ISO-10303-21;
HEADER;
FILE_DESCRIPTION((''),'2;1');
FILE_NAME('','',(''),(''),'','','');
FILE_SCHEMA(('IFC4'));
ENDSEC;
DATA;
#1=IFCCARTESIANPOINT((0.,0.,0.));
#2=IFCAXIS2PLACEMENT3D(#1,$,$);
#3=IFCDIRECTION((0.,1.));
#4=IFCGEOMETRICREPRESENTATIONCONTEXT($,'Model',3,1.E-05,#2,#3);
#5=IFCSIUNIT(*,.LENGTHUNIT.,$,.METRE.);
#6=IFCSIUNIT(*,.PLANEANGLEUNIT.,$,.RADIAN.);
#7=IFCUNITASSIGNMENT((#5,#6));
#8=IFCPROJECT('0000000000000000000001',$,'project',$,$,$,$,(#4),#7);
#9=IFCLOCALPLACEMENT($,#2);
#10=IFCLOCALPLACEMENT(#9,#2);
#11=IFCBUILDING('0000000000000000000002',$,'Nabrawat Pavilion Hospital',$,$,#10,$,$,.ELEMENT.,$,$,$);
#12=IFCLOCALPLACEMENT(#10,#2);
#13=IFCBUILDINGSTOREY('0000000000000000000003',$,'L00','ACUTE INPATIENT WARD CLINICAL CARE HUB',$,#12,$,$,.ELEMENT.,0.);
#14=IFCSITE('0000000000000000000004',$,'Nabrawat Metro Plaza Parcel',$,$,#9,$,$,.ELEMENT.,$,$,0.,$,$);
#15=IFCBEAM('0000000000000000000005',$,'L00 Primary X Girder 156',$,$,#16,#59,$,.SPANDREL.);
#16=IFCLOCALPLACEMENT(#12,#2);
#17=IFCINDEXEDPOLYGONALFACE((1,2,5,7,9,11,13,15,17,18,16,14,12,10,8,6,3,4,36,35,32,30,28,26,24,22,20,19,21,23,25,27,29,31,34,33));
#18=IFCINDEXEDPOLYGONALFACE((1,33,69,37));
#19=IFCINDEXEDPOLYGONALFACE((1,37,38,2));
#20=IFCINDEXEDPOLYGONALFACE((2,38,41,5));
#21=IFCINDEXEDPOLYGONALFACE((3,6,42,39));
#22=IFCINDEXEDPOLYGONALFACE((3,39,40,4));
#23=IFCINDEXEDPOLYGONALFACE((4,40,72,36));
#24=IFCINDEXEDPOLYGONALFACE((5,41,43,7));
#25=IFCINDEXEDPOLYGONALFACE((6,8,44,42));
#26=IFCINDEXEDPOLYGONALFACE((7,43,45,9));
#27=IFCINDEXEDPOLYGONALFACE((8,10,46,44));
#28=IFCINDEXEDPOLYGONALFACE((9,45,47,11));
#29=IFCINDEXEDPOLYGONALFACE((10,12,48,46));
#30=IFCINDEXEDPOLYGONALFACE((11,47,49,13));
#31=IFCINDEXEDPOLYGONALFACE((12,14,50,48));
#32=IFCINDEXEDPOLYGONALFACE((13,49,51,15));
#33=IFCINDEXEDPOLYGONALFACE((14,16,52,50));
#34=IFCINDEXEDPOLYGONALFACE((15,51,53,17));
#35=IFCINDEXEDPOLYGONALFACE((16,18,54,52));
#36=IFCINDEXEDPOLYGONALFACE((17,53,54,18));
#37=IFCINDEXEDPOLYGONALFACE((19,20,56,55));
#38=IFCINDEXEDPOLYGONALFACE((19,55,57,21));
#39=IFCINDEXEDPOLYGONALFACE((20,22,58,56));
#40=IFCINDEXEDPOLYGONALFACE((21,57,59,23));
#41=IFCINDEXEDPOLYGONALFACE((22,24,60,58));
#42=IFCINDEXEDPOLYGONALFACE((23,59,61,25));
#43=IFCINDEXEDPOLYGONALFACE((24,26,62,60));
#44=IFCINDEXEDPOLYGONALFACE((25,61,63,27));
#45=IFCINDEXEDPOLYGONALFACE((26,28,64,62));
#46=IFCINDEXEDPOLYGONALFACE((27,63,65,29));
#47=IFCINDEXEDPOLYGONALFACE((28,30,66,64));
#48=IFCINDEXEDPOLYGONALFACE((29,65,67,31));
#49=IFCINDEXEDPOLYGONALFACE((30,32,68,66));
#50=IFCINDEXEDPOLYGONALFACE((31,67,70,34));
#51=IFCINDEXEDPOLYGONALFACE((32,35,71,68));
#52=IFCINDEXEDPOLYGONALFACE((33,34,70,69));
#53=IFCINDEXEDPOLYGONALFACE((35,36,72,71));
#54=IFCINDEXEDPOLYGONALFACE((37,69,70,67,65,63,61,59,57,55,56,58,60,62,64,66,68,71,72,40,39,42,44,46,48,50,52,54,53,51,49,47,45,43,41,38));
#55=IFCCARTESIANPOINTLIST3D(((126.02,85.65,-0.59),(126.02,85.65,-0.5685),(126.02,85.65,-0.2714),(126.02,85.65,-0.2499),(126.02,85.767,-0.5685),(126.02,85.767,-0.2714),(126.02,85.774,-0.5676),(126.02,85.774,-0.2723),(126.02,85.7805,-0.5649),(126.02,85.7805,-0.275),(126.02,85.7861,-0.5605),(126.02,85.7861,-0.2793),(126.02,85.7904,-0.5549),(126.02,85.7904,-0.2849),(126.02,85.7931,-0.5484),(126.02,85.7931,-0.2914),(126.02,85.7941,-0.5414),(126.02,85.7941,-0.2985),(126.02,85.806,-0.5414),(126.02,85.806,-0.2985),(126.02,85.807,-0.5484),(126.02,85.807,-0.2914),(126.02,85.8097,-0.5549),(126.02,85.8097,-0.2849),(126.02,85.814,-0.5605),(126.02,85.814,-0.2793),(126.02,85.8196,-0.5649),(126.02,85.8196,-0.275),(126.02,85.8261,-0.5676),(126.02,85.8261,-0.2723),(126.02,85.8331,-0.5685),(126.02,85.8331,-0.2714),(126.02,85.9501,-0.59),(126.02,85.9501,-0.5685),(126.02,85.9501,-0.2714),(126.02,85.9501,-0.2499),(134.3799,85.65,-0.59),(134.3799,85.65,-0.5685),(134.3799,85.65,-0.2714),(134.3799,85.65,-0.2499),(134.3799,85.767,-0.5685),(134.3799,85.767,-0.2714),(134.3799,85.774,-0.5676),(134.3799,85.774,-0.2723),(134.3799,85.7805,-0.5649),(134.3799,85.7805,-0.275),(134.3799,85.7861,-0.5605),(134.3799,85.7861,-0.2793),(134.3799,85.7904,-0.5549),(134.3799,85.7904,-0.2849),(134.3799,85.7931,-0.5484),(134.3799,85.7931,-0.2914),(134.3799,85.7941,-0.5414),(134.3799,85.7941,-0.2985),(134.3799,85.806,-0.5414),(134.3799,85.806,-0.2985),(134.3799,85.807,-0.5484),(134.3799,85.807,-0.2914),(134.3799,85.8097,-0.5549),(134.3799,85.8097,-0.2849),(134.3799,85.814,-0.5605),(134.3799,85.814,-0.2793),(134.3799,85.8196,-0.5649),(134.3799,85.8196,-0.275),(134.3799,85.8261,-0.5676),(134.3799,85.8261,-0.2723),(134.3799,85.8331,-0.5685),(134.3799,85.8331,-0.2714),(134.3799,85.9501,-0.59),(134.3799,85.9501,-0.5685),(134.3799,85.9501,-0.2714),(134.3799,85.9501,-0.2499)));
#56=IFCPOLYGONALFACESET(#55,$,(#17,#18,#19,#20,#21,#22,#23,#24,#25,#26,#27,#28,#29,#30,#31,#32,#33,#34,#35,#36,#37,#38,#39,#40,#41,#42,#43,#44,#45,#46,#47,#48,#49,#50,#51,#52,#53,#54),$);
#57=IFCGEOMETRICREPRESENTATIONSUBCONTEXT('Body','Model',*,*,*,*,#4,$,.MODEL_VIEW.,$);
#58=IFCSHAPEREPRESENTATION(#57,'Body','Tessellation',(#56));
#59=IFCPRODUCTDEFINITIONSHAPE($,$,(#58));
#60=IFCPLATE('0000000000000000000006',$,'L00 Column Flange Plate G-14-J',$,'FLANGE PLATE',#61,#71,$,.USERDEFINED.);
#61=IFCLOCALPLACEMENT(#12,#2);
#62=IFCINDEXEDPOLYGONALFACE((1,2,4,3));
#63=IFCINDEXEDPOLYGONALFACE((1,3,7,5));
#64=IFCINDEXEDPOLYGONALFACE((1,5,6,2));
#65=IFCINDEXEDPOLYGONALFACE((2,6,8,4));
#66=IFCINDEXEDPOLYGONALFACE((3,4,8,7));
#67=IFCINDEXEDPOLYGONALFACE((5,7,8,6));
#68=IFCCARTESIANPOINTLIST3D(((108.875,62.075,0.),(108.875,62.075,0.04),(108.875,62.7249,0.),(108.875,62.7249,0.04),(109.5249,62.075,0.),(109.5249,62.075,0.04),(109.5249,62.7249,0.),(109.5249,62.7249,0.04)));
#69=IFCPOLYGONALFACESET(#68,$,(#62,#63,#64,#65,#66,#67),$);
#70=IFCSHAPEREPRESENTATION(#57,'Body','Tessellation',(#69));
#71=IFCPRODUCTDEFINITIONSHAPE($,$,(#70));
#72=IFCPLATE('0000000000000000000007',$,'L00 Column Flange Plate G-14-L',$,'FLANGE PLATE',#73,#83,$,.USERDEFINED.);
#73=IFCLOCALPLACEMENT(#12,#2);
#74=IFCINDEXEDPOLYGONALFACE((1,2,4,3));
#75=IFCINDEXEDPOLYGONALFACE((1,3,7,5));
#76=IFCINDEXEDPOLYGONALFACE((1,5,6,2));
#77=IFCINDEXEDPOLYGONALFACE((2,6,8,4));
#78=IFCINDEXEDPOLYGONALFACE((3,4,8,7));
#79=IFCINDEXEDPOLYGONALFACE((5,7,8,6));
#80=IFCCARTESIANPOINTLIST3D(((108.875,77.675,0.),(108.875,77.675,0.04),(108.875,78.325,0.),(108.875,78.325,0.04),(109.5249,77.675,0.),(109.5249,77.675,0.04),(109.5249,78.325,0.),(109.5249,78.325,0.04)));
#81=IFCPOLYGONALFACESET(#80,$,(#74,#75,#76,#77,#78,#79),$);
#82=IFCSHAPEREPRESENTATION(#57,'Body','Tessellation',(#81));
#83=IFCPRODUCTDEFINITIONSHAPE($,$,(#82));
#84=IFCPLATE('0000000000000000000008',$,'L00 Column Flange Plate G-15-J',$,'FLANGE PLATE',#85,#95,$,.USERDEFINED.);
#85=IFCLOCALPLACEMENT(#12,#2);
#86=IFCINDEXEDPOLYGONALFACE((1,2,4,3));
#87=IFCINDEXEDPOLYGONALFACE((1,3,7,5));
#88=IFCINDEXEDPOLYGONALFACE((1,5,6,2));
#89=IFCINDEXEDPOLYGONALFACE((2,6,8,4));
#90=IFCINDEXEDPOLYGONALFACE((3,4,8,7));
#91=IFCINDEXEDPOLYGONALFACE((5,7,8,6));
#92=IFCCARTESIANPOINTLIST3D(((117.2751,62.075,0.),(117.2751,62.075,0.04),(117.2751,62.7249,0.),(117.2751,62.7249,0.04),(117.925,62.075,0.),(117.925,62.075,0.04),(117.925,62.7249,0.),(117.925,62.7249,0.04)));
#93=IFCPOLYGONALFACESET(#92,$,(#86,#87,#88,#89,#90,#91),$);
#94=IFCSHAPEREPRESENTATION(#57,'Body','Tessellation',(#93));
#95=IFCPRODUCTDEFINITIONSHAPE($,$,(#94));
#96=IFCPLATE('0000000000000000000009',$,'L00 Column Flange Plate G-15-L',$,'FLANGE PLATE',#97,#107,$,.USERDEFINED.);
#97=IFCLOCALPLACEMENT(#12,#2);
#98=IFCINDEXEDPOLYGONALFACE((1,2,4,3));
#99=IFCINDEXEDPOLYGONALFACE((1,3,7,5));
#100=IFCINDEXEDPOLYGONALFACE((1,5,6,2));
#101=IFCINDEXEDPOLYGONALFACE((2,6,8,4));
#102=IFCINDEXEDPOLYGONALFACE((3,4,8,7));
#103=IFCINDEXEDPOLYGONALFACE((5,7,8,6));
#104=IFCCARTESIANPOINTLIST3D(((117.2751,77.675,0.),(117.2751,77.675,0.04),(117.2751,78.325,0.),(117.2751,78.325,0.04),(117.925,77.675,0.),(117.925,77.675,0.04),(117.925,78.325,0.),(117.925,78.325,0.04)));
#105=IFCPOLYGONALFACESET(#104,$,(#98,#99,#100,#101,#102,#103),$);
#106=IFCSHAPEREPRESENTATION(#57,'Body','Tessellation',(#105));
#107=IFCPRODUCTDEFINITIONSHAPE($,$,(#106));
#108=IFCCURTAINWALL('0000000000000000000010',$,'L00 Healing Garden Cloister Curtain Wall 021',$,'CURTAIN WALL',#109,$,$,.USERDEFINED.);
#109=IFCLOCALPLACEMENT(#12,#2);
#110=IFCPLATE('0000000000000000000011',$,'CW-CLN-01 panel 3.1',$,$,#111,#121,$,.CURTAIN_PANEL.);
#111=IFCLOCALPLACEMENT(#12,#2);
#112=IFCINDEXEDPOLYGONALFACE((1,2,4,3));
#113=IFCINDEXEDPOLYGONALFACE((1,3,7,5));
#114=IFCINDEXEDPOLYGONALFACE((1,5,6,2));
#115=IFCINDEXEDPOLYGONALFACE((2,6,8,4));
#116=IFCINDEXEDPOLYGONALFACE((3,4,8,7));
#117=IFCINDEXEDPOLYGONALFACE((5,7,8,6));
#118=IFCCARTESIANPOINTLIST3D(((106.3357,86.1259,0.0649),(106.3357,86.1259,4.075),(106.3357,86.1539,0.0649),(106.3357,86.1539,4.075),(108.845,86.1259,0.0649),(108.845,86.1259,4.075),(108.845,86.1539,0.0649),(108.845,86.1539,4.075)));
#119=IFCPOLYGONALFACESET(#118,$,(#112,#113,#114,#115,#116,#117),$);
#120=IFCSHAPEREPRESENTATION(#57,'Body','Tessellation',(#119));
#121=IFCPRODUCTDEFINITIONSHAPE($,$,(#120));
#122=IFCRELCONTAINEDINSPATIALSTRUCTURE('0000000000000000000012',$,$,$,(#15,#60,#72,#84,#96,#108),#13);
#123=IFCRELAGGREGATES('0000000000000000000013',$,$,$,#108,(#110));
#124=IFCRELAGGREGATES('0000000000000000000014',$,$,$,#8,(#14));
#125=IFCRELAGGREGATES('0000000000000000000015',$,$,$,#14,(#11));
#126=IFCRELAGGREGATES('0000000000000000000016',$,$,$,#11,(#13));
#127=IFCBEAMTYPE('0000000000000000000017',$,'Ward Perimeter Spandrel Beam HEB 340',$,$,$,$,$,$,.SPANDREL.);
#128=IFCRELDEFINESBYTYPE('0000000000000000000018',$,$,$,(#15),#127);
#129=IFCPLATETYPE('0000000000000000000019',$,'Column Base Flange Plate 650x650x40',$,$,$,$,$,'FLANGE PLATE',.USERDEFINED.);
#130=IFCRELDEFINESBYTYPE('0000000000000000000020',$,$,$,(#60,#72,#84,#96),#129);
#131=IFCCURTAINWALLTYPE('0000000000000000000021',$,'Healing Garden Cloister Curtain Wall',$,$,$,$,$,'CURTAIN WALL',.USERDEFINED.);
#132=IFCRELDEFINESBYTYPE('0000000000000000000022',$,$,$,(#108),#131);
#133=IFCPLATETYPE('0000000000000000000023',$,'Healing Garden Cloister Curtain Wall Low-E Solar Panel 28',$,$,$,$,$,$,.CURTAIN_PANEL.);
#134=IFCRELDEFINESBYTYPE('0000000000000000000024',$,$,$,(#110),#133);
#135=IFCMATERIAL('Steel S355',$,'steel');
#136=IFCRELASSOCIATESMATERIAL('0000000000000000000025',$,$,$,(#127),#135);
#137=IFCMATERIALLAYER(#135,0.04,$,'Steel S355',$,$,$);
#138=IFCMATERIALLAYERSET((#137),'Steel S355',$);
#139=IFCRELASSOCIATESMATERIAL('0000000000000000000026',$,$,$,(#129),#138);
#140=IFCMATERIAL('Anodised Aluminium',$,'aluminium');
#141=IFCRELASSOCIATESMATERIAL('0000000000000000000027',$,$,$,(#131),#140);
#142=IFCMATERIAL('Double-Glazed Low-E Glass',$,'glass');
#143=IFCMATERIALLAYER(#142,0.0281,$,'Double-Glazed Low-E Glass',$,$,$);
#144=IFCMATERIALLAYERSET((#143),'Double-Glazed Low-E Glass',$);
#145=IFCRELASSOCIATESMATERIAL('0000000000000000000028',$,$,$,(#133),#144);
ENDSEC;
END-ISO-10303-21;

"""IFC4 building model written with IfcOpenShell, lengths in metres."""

from ifc_helpers import new_model, si_unit, direction, frame, origin, origin_2d, place, context, subcontext, project, spatial, rectangle, i_section, extrude, material, layer, layer_set, material_profile, profile_set, type_object, element, aggregate, save


model = new_model("IFC4")

# Units and contexts
model_context = context("Model", 3, precision=1e-05, world=origin(), true_north=direction((0.0, 1.0)))
body_context = subcontext(model_context, "Body", "Model", "MODEL_VIEW")
ifc_project = project(units=[si_unit("LENGTHUNIT", "METRE"), si_unit("PLANEANGLEUNIT", "RADIAN")], contexts=[model_context])

# Site, building, storey
site_placement = place(None, origin())
site = spatial("IfcSite", under=ifc_project, at=site_placement, Name="Nabrawat Metro Plaza Parcel", CompositionType="ELEMENT", RefElevation=0.0)
building_placement = place(site_placement, origin())
building = spatial("IfcBuilding", under=site, at=building_placement, Name="Nabrawat Pavilion Hospital", CompositionType="ELEMENT")
storey_placement = place(building_placement, origin())
storey = spatial("IfcBuildingStorey", under=building, at=storey_placement, Name="L00", Description="ACUTE INPATIENT WARD CLINICAL CARE HUB", CompositionType="ELEMENT", Elevation=0.0)

# Shared definitions
ifc_material_1 = material(Name="Steel S355", Category="steel")

# Beam
ifc_material_profile_1 = material_profile(ifc_material_1, i_section(OverallWidth=0.3, OverallDepth=0.3401, WebThickness=0.012, FlangeThickness=0.0215, FilletRadius=0.0271, at=origin_2d()), Name="HEB 340")
ifc_profile_set_1 = profile_set([ifc_material_profile_1], Name="Steel S355")
beam_type_1 = type_object("IfcBeamType", Name="Ward Perimeter Spandrel Beam HEB 340", PredefinedType="SPANDREL", material=ifc_profile_set_1)
beam_1_placement = place(storey_placement, frame((126.02, 85.8, -0.4199), z_axis=(1.0, 0.0, 0.0), x_axis=(0.0, 1.0, 0.0)))
element("IfcBeam", 1, at=beam_1_placement, inside=storey, type_object=beam_type_1, Name="L00 Primary X Girder 156", PredefinedType="SPANDREL", context=body_context, shape_type="SweptSolid", body=[
    extrude(i_section(OverallWidth=0.3, OverallDepth=0.3401, WebThickness=0.012, FlangeThickness=0.0215, FilletRadius=0.0271, at=origin_2d()), origin(), (0.0, 0.0, 1.0), 8.3599),
])

# Plates
ifc_layer_1 = layer(ifc_material_1, 0.04, Name="Steel S355")
ifc_layer_set_1 = layer_set([ifc_layer_1], Name="Steel S355")
plate_type_1 = type_object("IfcPlateType", Name="Column Base Flange Plate 650x650x40", ElementType="FLANGE PLATE", PredefinedType="USERDEFINED", material=ifc_layer_set_1)
for number, where, z_axis, x_axis, name in (
    (2, (109.2, 62.3999, 0.0), (0.0, 0.0, 1.0), (1.0, 0.0, 0.0), "L00 Column Flange Plate G-14-J"),
    (3, (109.2, 78.0, 0.0), (0.0, 0.0, 1.0), (1.0, 0.0, 0.0), "L00 Column Flange Plate G-14-L"),
    (4, (117.6001, 62.3999, 0.0), (0.0, 0.0, 1.0), (1.0, 0.0, 0.0), "L00 Column Flange Plate G-15-J"),
    (5, (117.6001, 78.0, 0.0), (0.0, 0.0, 1.0), (1.0, 0.0, 0.0), "L00 Column Flange Plate G-15-L"),
):
    element("IfcPlate", number, at=place(storey_placement, frame(where, z_axis=z_axis, x_axis=x_axis)), inside=storey, type_object=plate_type_1, Name=name, ObjectType="FLANGE PLATE", PredefinedType="USERDEFINED", context=body_context, shape_type="SweptSolid", body=[
        extrude(rectangle(XDim=0.6499, YDim=0.6499, at=origin_2d()), origin(), (0.0, 0.0, 1.0), 0.04),
    ])

# Curtain wall, plate
ifc_material_2 = material(Name="Anodised Aluminium", Category="aluminium")
curtain_wall_type = type_object("IfcCurtainWallType", Name="Healing Garden Cloister Curtain Wall", ElementType="CURTAIN WALL", PredefinedType="USERDEFINED", material=ifc_material_2)
curtain_wall_placement = place(storey_placement, origin())
curtain_wall = element("IfcCurtainWall", 6, at=curtain_wall_placement, inside=storey, type_object=curtain_wall_type, Name="L00 Healing Garden Cloister Curtain Wall 021", ObjectType="CURTAIN WALL", PredefinedType="USERDEFINED")
ifc_material_3 = material(Name="Double-Glazed Low-E Glass", Category="glass")
ifc_layer_2 = layer(ifc_material_3, 0.0281, Name="Double-Glazed Low-E Glass")
ifc_layer_set_2 = layer_set([ifc_layer_2], Name="Double-Glazed Low-E Glass")
plate_type_2 = type_object("IfcPlateType", Name="Healing Garden Cloister Curtain Wall Low-E Solar Panel 28", PredefinedType="CURTAIN_PANEL", material=ifc_layer_set_2)
plate_placement = place(storey_placement, frame((107.5903, 86.1399, 0.0649), z_axis=(0.0, 0.0, 1.0), x_axis=(1.0, 0.0, 0.0)))
plate = element("IfcPlate", 7, at=plate_placement, type_object=plate_type_2, Name="CW-CLN-01 panel 3.1", PredefinedType="CURTAIN_PANEL", context=body_context, shape_type="SweptSolid", body=[
    extrude(rectangle(XDim=2.5093, YDim=0.0281, at=origin_2d()), origin(), (0.0, 0.0, 1.0), 4.01),
])
aggregate(curtain_wall, [plate])

save(model, "model.ifc")
